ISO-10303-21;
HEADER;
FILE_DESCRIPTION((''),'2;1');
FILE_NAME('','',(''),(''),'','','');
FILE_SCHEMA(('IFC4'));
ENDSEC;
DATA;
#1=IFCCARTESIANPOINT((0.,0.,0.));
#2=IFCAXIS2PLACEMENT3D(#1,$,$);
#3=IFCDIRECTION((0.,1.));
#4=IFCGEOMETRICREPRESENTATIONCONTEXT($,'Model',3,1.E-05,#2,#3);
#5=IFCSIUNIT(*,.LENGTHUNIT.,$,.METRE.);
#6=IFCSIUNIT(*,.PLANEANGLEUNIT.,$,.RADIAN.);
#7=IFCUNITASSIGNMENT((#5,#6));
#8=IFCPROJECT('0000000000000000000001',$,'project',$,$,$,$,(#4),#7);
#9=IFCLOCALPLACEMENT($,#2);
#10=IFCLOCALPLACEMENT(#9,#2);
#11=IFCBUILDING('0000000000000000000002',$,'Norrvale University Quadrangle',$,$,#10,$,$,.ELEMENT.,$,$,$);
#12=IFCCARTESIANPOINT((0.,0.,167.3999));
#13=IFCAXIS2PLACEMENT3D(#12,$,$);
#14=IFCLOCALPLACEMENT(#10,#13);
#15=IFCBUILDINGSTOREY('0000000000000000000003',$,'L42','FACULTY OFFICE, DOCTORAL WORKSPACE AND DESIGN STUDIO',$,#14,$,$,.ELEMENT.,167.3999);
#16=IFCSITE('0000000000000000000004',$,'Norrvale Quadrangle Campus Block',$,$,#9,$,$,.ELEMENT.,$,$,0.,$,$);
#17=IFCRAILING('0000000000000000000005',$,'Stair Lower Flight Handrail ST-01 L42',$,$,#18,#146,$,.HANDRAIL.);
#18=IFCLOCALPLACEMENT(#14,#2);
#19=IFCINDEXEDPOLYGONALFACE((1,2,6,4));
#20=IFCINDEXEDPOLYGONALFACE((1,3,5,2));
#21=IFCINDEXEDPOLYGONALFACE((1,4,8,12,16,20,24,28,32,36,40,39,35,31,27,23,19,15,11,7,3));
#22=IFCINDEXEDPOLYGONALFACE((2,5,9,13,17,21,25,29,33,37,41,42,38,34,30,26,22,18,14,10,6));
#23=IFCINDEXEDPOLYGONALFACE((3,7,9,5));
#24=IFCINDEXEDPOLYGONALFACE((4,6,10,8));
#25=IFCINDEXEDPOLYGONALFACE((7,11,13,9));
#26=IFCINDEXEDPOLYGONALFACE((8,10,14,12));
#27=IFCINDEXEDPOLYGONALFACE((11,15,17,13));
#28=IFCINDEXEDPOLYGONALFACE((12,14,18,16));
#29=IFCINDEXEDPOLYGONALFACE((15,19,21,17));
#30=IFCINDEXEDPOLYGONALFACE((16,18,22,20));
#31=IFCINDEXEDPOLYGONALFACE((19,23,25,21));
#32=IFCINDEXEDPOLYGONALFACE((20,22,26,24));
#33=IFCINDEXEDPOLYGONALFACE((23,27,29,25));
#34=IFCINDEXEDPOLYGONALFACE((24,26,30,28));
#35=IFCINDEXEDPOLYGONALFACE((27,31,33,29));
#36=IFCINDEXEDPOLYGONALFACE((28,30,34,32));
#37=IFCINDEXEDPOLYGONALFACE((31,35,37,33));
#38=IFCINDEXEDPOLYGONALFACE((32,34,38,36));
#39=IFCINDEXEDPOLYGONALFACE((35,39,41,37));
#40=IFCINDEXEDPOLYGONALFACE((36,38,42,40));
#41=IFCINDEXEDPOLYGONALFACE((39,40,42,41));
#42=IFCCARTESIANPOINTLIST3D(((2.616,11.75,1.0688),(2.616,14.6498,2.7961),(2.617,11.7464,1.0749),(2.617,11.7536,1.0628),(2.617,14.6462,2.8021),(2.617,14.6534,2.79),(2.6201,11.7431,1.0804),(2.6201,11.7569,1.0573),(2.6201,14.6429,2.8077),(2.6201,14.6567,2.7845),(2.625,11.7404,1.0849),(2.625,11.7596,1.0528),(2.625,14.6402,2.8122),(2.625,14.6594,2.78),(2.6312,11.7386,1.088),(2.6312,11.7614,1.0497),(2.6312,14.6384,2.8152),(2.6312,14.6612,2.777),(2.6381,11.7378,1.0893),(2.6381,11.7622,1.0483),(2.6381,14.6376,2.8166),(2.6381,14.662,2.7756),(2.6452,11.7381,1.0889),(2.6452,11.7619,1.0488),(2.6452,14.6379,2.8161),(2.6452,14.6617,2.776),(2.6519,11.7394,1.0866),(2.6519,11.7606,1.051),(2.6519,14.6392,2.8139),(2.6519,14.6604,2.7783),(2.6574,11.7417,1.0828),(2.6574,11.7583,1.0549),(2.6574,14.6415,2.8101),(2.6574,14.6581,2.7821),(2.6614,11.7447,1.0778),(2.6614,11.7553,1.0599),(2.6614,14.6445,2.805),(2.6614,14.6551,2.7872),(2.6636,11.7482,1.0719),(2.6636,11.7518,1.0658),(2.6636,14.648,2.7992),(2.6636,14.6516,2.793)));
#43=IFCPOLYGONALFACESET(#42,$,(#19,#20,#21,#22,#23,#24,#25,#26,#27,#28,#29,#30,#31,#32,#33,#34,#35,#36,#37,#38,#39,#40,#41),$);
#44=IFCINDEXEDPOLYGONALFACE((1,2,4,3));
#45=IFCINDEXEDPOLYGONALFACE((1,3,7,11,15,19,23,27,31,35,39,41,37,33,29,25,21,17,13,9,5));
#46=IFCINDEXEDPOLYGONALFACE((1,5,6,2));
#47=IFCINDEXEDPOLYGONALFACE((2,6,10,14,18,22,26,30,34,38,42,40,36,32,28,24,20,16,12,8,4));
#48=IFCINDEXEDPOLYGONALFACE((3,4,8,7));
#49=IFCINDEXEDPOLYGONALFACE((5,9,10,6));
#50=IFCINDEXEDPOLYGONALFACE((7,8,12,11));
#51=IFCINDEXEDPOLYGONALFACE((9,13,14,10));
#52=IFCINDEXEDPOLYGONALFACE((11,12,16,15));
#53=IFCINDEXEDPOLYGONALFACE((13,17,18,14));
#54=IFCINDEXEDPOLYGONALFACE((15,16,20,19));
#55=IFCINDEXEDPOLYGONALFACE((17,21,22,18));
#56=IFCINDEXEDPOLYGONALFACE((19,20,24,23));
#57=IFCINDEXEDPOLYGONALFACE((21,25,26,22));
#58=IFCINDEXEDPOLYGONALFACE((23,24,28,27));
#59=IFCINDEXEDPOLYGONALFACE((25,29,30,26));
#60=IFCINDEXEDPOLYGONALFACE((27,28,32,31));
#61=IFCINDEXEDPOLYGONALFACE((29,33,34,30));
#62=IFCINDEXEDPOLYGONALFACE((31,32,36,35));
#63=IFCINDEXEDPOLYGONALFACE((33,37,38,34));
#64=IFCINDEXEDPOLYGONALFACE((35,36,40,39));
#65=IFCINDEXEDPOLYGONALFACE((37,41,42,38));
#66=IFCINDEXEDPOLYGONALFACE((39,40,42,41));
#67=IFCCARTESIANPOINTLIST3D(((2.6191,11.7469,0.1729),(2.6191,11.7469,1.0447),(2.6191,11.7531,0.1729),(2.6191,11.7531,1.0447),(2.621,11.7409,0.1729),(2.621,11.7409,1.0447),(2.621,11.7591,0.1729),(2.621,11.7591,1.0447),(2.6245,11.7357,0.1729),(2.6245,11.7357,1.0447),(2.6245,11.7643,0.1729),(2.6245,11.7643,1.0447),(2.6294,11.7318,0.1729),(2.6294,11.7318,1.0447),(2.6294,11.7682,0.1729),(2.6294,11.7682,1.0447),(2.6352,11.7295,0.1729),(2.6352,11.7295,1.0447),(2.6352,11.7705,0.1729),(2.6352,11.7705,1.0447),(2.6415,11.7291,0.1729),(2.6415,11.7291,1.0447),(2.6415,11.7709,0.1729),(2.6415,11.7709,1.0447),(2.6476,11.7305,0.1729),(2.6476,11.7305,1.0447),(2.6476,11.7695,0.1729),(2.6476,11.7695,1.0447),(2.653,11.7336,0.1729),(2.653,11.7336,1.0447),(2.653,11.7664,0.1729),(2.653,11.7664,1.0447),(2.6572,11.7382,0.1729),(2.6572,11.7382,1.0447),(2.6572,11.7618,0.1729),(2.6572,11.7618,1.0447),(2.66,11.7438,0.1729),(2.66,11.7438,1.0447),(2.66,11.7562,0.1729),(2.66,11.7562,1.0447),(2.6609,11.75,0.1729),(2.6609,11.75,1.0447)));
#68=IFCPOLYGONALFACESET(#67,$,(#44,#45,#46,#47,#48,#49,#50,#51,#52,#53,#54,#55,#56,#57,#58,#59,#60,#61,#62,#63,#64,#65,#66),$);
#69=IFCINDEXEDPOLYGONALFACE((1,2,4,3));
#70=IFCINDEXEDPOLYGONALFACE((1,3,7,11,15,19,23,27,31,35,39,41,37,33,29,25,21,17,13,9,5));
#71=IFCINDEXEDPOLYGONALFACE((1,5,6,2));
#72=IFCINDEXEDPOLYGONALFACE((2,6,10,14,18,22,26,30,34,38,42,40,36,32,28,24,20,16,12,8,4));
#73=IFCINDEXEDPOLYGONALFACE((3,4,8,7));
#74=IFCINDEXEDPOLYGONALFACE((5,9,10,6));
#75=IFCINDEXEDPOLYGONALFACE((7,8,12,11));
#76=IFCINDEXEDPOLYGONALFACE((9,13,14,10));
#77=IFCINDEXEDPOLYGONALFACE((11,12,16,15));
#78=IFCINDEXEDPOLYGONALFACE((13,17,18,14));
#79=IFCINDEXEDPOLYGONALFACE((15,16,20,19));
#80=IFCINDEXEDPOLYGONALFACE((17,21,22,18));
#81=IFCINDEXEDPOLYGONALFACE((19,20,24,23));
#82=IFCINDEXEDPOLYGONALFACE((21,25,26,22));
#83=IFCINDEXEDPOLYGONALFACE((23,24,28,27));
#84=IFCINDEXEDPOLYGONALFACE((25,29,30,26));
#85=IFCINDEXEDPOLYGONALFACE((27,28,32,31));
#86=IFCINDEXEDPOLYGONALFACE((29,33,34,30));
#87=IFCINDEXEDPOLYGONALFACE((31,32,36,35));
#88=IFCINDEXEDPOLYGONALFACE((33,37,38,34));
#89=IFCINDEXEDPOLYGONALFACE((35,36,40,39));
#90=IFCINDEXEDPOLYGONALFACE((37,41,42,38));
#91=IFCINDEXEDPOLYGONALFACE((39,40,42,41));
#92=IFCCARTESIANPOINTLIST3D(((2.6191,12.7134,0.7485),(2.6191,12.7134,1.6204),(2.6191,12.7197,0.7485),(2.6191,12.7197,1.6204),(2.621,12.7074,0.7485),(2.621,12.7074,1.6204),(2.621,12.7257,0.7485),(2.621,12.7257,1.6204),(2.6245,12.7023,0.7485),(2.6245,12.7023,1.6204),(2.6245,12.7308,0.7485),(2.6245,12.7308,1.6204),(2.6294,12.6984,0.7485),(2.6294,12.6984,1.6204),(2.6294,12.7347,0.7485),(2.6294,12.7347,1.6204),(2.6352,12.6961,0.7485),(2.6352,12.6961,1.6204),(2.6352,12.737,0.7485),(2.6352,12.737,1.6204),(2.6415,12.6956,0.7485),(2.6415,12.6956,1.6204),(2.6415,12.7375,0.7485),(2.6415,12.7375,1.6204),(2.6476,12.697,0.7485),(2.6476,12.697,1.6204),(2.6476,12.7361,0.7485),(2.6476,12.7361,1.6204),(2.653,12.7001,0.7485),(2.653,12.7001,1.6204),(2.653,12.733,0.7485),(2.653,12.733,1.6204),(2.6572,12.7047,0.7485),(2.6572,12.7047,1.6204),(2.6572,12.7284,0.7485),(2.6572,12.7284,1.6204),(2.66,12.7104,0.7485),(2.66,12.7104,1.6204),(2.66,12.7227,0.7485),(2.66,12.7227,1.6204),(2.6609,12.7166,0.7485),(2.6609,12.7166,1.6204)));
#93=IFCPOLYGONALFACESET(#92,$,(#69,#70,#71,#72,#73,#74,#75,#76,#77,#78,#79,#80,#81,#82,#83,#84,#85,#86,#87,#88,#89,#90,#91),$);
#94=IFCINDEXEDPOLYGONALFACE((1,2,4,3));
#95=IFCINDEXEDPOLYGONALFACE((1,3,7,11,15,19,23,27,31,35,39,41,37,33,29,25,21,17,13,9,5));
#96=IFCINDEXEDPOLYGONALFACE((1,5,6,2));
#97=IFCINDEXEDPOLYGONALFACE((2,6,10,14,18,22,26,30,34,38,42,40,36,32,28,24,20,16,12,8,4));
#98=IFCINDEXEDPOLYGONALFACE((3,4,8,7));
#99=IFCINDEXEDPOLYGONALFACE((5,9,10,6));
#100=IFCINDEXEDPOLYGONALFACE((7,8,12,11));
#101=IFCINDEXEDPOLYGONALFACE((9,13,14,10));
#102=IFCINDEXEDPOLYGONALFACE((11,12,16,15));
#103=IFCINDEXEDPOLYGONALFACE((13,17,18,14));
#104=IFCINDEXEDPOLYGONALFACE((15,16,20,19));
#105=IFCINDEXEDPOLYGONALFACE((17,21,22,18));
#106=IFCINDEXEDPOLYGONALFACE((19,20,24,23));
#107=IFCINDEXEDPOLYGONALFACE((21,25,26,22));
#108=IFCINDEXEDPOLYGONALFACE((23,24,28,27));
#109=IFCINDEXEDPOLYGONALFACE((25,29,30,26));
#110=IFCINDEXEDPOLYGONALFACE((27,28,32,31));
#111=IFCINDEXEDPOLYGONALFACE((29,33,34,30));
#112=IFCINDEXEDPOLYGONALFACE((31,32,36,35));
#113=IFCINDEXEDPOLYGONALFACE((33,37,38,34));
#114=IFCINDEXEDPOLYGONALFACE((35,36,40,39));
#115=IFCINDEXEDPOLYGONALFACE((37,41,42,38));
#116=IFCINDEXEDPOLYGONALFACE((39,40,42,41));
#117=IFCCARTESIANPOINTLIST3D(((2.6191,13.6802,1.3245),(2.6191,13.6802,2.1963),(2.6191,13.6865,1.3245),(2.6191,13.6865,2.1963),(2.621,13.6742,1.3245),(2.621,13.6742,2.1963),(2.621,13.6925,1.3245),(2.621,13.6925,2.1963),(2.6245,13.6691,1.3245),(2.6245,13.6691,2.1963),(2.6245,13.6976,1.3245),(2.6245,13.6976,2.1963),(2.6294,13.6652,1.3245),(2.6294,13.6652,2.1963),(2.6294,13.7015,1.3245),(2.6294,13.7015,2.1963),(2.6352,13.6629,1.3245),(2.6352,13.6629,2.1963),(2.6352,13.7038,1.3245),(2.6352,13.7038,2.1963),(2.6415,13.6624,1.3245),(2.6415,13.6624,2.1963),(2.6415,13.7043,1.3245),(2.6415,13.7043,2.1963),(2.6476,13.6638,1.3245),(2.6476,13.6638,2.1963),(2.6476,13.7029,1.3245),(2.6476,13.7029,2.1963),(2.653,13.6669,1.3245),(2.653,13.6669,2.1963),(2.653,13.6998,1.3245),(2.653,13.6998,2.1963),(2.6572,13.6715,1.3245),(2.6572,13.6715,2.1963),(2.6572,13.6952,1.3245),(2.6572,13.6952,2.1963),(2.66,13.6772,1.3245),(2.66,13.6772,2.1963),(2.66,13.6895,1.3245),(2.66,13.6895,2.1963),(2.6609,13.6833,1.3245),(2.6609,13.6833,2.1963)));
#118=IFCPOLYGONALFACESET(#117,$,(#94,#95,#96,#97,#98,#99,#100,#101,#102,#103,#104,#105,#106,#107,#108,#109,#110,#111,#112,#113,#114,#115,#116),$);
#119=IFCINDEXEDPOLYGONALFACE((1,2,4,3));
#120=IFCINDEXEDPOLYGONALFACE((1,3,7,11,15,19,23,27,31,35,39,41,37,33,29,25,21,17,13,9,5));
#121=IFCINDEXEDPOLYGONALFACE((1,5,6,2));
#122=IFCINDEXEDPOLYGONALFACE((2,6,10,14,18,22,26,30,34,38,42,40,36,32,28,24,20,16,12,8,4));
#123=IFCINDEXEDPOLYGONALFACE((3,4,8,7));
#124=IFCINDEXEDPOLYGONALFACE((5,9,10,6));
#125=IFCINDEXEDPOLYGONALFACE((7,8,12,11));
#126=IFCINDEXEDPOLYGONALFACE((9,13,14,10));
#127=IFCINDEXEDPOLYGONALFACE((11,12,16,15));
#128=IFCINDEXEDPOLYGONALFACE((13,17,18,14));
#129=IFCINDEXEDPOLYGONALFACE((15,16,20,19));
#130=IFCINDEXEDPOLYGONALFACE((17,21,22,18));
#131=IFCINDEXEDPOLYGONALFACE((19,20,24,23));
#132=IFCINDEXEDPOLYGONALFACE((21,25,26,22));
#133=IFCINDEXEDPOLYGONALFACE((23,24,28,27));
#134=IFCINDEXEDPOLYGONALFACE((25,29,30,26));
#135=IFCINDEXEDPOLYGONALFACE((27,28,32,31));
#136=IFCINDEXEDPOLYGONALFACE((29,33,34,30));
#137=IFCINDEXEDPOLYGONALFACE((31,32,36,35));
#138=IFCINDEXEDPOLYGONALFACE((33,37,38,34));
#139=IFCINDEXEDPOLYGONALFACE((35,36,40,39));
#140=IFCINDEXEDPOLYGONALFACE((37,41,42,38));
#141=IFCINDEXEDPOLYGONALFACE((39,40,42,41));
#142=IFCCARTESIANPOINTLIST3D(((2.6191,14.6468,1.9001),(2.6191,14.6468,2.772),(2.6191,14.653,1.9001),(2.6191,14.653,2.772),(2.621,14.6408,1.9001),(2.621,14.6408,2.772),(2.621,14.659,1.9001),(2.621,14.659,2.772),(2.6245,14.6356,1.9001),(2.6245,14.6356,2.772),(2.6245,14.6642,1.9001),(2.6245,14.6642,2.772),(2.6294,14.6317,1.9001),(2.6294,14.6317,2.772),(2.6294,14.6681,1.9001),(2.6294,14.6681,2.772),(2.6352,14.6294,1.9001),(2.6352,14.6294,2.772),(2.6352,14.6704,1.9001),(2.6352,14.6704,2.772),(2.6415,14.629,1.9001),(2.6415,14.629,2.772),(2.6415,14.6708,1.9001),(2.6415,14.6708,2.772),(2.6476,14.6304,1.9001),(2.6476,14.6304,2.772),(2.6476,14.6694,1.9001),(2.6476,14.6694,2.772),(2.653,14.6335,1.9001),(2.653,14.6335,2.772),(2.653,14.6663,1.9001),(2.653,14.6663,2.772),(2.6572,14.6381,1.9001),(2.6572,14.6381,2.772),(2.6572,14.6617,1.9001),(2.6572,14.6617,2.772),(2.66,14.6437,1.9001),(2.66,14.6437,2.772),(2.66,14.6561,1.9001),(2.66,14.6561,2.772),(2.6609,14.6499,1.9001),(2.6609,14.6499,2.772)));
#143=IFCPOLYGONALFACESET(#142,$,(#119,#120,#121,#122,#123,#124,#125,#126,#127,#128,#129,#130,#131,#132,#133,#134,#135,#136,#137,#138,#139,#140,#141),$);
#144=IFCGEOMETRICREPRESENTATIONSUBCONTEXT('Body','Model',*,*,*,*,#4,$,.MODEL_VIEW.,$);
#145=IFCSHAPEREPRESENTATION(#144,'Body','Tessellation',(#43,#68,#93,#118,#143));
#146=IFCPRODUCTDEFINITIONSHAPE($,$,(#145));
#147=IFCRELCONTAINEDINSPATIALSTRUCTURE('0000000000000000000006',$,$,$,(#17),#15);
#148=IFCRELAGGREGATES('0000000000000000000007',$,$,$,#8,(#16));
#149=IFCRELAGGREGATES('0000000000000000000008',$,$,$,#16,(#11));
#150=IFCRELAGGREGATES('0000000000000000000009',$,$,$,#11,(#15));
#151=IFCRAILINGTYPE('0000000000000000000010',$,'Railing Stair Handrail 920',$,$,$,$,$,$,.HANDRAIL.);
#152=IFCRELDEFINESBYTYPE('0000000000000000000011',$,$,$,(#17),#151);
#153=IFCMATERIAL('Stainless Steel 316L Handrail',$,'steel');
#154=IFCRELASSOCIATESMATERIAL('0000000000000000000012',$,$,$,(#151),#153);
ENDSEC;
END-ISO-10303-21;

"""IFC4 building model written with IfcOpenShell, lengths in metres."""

from ifc_helpers import new_model, si_unit, direction, frame, origin, origin_2d, place, context, subcontext, project, spatial, circle, extrude, material, type_object, element, save


model = new_model("IFC4")

# Units and contexts
model_context = context("Model", 3, precision=1e-05, world=origin(), true_north=direction((0.0, 1.0)))
body_context = subcontext(model_context, "Body", "Model", "MODEL_VIEW")
ifc_project = project(units=[si_unit("LENGTHUNIT", "METRE"), si_unit("PLANEANGLEUNIT", "RADIAN")], contexts=[model_context])

# Site, building, storey
site_placement = place(None, origin())
site = spatial("IfcSite", under=ifc_project, at=site_placement, Name="Norrvale Quadrangle Campus Block", CompositionType="ELEMENT", RefElevation=0.0)
building_placement = place(site_placement, origin())
building = spatial("IfcBuilding", under=site, at=building_placement, Name="Norrvale University Quadrangle", CompositionType="ELEMENT")
storey_placement = place(building_placement, frame((0.0, 0.0, 167.3999)))
storey = spatial("IfcBuildingStorey", under=building, at=storey_placement, Name="L42", Description="FACULTY OFFICE, DOCTORAL WORKSPACE AND DESIGN STUDIO", CompositionType="ELEMENT", Elevation=167.3999)

# Railing
ifc_material_1 = material(Name="Stainless Steel 316L Handrail", Category="steel")
railing_type_1 = type_object("IfcRailingType", Name="Railing Stair Handrail 920", PredefinedType="HANDRAIL", material=ifc_material_1)
railing_1_placement = place(storey_placement, frame((2.6399, 11.75, 0.1729)))
element("IfcRailing", 1, at=railing_1_placement, inside=storey, type_object=railing_type_1, Name="Stair Lower Flight Handrail ST-01 L42", PredefinedType="HANDRAIL", context=body_context, shape_type="SweptSolid", body=[
    extrude(circle(Radius=0.0239, at=origin_2d()), frame((0.0, 0.0, 0.896), z_axis=(0.0, 0.859141, 0.511738), x_axis=(-1.0, 0.0, 0.0)), (0.0, 0.0, 1.0), 3.3752),
    extrude(circle(Radius=0.021, at=origin_2d()), origin(), (0.0, 0.0, 1.0), 0.8718),
    extrude(circle(Radius=0.021, at=origin_2d()), frame((0.0, 0.9666, 0.5757)), (0.0, 0.0, 1.0), 0.8718),
    extrude(circle(Radius=0.021, at=origin_2d()), frame((0.0, 1.9333, 1.1516)), (0.0, 0.0, 1.0), 0.8718),
    extrude(circle(Radius=0.021, at=origin_2d()), frame((0.0, 2.8999, 1.7273)), (0.0, 0.0, 1.0), 0.8718),
])

save(model, "model.ifc")
